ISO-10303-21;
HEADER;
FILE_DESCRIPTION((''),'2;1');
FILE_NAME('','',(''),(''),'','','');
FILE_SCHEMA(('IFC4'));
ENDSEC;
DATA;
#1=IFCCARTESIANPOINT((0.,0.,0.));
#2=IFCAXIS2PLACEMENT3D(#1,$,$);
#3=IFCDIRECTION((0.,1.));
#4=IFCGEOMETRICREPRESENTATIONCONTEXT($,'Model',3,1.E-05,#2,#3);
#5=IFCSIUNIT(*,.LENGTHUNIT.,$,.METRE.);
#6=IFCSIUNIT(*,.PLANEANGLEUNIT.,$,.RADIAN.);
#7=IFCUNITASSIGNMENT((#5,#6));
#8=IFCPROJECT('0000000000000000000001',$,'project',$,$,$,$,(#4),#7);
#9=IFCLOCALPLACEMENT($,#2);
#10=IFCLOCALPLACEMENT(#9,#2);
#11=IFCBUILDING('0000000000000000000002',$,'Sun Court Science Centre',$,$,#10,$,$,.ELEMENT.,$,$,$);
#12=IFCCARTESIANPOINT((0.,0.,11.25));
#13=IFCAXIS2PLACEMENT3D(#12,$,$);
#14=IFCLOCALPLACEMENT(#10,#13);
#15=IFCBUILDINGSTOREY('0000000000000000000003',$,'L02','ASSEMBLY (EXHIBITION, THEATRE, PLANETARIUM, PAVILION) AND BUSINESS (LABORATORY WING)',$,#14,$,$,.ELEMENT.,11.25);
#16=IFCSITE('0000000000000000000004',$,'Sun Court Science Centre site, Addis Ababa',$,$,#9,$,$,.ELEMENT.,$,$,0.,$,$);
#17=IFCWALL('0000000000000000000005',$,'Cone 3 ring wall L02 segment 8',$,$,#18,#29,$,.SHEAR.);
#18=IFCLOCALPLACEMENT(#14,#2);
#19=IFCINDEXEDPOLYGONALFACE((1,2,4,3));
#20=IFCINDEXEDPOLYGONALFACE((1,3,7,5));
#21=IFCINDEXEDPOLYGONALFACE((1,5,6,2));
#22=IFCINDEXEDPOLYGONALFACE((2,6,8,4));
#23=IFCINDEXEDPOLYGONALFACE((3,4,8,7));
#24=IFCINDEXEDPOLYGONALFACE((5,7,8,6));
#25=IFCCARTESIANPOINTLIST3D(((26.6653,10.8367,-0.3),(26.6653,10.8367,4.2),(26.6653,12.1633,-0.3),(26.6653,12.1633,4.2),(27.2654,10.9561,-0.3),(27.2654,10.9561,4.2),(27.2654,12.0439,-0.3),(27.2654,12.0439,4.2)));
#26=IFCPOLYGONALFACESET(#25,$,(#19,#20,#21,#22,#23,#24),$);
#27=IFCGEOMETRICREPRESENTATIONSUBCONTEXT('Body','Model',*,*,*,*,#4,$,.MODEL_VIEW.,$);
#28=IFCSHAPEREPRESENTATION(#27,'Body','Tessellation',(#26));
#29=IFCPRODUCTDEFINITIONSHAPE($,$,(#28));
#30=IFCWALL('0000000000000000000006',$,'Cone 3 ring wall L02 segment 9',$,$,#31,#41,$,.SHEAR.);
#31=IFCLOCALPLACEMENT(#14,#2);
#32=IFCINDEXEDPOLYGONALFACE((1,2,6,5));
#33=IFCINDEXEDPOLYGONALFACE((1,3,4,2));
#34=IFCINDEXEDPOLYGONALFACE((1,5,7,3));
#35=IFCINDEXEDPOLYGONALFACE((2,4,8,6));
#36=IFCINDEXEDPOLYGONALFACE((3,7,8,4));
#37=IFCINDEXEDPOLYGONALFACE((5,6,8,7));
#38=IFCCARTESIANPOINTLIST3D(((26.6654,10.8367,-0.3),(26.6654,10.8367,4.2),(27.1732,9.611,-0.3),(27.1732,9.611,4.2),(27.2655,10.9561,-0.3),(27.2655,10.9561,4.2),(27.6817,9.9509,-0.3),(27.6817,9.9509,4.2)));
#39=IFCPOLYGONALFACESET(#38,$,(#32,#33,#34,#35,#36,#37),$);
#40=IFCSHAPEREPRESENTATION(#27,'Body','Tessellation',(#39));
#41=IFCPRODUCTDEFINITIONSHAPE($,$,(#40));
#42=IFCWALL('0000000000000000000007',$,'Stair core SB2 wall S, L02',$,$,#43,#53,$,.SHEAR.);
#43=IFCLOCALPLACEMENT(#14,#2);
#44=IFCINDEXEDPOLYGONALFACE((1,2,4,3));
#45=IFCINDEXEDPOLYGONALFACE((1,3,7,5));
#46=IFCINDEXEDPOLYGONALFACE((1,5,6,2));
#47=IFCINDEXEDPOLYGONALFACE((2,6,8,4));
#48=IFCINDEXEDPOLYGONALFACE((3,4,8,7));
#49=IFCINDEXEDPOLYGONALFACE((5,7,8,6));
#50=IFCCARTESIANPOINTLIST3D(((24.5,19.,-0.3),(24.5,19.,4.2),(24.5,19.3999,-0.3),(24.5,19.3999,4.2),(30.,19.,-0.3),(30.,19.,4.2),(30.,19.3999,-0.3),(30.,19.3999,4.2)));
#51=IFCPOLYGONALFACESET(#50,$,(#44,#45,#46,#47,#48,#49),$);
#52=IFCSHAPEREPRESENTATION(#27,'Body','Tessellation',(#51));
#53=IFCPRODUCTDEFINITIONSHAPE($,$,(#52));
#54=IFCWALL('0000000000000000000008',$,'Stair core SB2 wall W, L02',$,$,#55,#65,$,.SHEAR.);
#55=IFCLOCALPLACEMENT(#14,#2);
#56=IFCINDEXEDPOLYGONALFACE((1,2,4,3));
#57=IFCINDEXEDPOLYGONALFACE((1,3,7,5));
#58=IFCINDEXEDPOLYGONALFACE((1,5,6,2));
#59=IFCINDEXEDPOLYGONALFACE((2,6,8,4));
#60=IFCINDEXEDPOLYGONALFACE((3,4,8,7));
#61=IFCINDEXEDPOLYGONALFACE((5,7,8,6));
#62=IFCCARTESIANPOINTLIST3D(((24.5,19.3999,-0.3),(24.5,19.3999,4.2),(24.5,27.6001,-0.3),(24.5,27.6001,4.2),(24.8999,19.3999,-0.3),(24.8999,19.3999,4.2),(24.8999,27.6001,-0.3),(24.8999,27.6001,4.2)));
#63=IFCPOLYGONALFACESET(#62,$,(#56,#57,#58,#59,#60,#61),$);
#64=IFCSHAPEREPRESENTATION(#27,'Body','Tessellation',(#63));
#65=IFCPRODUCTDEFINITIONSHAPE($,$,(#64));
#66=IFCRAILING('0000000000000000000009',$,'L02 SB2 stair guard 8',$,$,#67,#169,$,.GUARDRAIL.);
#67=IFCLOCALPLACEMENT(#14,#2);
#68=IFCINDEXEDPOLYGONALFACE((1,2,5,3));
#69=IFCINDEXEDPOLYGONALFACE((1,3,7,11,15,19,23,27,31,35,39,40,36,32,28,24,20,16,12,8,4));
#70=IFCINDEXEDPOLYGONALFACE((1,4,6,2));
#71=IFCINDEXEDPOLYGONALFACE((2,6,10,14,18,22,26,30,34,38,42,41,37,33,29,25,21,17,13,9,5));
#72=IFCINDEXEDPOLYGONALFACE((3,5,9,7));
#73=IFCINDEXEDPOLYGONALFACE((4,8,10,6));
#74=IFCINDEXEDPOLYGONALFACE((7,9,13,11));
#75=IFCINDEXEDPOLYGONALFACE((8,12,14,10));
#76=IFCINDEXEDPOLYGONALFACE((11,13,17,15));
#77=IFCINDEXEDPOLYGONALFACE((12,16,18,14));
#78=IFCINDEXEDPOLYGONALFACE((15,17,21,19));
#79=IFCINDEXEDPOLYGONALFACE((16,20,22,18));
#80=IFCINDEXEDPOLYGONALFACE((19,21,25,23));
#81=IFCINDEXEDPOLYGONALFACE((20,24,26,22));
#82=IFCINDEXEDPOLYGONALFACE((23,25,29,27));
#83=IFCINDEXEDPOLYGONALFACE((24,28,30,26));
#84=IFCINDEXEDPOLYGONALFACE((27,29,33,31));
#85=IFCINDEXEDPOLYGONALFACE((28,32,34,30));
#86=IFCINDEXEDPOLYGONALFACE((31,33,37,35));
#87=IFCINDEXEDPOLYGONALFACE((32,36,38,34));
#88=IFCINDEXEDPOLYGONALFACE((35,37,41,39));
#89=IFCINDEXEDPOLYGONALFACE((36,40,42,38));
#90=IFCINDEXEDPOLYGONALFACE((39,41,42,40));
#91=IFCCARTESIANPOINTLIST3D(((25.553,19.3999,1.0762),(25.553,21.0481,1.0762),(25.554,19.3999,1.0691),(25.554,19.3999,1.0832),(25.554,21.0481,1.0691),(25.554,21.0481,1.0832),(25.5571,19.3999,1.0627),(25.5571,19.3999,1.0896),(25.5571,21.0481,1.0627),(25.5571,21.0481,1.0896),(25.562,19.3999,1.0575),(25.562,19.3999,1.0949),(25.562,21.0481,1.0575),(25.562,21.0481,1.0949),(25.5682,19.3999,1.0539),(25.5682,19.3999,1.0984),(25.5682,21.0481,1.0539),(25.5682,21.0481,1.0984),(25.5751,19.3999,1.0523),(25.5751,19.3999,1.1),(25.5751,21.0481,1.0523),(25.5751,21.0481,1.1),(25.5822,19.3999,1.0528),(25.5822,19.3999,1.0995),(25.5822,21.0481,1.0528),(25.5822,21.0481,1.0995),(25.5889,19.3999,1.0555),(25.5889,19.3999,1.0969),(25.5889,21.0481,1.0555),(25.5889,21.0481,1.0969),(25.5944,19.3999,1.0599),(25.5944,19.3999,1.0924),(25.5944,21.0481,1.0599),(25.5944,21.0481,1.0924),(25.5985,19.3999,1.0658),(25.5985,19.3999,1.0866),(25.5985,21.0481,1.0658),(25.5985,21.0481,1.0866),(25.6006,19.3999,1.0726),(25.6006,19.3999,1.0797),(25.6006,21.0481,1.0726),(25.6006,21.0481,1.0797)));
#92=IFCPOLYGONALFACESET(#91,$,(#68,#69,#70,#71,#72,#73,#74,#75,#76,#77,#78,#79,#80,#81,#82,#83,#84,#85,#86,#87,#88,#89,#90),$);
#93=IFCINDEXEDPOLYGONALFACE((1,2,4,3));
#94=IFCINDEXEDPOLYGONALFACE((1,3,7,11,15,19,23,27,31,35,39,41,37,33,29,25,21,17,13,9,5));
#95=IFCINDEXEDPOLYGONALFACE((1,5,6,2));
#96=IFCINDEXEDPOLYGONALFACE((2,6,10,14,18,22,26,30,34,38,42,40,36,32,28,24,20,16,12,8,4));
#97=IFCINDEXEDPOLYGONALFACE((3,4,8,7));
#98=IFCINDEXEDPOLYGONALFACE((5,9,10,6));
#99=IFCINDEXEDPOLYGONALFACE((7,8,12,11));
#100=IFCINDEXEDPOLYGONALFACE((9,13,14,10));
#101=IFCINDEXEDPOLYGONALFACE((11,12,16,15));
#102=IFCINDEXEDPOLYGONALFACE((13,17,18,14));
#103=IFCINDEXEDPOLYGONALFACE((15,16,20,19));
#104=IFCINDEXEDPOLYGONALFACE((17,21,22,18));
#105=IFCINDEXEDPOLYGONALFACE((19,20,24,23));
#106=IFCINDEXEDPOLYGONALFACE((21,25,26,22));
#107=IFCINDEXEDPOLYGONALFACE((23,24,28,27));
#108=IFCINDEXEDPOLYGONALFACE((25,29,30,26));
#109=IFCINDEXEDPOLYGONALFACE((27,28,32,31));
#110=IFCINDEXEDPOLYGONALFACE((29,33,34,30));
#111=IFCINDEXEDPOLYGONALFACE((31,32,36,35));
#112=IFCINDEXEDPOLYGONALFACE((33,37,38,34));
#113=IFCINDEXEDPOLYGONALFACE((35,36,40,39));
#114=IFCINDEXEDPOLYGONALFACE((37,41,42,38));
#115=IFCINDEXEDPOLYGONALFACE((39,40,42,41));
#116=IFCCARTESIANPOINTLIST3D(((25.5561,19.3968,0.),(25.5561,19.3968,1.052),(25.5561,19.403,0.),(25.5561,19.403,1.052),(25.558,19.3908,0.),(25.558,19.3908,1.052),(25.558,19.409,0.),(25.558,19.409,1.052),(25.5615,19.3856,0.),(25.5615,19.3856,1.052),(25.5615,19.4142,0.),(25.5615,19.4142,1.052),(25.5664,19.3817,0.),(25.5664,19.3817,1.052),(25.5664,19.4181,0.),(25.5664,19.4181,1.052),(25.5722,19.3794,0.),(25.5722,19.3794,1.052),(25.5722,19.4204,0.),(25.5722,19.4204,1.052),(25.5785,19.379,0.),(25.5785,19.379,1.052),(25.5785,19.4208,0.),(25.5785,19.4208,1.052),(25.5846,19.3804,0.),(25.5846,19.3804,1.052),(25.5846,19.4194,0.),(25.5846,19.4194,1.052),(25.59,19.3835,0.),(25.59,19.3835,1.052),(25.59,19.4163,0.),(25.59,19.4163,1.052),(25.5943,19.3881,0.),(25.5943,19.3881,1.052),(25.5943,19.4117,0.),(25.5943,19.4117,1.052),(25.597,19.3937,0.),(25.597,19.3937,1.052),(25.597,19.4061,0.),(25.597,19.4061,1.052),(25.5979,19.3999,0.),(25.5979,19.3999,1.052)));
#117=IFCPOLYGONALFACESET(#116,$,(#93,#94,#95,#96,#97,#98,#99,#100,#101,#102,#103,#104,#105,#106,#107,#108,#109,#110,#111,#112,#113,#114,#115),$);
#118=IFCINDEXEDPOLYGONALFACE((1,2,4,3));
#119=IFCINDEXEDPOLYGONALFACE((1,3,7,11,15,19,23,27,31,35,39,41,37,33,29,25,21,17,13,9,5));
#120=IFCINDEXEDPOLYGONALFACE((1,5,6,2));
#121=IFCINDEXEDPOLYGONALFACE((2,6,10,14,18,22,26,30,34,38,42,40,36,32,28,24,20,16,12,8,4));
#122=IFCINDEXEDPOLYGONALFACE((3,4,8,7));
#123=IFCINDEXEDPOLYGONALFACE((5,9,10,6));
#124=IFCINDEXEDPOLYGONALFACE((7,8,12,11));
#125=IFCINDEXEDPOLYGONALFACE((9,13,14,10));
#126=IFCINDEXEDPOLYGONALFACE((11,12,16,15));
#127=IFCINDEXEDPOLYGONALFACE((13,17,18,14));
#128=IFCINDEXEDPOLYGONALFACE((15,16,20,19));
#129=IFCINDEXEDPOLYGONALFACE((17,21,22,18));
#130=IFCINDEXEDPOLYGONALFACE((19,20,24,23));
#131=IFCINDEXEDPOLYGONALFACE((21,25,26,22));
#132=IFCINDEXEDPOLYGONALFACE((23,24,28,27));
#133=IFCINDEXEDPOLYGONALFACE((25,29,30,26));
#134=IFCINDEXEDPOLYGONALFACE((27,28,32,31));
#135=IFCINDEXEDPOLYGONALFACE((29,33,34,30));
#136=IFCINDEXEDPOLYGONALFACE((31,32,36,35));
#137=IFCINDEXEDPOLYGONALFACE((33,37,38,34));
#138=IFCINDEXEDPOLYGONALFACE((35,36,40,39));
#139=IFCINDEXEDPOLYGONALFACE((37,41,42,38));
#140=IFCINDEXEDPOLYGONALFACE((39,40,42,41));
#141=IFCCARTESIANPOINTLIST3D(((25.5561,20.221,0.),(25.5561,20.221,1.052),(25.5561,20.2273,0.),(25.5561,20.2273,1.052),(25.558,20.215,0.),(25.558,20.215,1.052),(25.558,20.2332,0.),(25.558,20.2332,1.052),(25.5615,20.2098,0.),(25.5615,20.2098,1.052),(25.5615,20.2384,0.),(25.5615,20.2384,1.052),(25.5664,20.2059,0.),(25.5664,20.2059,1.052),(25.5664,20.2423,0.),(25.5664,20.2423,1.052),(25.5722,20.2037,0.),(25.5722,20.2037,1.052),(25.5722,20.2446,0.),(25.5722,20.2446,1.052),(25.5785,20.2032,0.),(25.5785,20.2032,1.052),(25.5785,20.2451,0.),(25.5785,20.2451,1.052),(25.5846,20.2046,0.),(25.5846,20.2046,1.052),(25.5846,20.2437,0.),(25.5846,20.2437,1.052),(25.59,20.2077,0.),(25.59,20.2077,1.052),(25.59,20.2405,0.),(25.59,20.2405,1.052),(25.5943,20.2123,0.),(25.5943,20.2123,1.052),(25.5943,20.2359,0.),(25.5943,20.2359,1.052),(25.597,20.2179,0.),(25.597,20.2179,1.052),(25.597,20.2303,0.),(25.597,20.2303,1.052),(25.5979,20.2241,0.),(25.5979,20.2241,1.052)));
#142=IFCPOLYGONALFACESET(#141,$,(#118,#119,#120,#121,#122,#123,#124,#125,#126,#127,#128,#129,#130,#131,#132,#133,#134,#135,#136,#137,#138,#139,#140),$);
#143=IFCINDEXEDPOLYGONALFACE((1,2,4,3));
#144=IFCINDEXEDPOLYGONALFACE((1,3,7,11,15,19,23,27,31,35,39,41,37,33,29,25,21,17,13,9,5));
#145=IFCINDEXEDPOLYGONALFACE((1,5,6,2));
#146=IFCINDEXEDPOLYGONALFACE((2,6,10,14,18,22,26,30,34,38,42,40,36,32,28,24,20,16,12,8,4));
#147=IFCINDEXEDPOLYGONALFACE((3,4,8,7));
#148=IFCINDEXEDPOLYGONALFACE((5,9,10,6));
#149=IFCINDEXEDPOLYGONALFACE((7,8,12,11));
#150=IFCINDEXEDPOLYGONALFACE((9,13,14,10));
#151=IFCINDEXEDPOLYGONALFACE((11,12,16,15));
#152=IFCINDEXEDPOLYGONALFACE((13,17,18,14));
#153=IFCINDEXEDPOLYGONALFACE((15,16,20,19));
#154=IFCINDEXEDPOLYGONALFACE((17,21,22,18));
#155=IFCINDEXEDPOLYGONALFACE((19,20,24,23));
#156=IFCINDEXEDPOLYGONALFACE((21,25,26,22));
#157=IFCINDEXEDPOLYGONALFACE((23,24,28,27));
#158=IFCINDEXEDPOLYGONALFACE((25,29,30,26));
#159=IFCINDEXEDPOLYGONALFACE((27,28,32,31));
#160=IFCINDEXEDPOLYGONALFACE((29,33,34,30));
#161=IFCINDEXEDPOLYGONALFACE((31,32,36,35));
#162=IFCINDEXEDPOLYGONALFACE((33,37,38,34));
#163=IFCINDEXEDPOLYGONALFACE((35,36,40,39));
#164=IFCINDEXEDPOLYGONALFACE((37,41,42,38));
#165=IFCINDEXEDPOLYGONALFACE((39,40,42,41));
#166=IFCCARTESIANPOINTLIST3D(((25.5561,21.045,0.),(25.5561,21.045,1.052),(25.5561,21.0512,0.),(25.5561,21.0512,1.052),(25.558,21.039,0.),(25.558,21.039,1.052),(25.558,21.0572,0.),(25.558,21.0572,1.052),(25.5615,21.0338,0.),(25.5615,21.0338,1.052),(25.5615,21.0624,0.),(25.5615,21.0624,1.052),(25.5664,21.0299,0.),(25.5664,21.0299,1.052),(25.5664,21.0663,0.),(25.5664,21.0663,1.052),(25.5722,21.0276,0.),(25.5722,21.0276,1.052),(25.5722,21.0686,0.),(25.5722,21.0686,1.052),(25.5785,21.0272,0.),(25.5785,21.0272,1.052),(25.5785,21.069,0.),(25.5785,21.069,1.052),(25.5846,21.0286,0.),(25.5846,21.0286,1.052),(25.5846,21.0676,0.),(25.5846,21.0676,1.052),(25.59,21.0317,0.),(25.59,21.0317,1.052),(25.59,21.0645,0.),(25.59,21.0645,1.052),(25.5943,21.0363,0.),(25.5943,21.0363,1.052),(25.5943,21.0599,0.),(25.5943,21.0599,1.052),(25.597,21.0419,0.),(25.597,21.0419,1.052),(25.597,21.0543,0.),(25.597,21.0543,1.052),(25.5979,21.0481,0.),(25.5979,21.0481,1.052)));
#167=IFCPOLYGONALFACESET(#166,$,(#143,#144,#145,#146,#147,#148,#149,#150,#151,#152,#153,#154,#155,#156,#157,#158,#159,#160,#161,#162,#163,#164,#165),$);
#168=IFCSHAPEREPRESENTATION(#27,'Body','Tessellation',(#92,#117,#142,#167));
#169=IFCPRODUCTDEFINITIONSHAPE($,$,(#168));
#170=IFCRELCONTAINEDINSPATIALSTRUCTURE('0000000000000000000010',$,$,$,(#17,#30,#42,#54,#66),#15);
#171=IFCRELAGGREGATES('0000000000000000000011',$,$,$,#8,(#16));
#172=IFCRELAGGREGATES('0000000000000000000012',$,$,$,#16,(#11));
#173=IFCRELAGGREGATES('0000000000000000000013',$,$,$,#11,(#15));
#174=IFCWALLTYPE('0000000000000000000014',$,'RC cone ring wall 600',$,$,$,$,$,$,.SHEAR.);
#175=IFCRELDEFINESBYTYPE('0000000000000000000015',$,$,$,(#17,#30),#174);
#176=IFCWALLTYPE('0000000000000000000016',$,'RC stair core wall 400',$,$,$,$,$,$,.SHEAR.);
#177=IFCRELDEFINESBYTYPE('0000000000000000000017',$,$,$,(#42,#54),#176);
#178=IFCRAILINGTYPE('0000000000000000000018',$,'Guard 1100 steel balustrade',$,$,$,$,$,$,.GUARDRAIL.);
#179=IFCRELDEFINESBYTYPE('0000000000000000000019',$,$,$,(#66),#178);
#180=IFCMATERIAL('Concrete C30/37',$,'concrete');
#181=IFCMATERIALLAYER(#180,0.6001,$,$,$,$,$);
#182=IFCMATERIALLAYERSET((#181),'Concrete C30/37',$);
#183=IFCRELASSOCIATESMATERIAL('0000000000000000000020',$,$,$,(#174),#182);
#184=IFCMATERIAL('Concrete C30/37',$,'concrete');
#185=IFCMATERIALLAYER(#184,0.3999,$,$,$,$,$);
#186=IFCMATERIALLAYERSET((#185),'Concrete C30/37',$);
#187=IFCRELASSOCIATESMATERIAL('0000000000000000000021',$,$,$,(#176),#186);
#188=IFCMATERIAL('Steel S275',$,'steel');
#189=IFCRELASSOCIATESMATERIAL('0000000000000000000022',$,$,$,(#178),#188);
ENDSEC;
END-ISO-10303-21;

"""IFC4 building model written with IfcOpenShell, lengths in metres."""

from ifc_helpers import new_model, si_unit, direction, frame, frame_2d, origin, origin_2d, place, context, subcontext, project, spatial, polyline, rectangle, circle, outline, extrude, material, layer, layer_set, type_object, element, save


model = new_model("IFC4")

# Units and contexts
model_context = context("Model", 3, precision=1e-05, world=origin(), true_north=direction((0.0, 1.0)))
body_context = subcontext(model_context, "Body", "Model", "MODEL_VIEW")
ifc_project = project(units=[si_unit("LENGTHUNIT", "METRE"), si_unit("PLANEANGLEUNIT", "RADIAN")], contexts=[model_context])

# Site, building, storey
site_placement = place(None, origin())
site = spatial("IfcSite", under=ifc_project, at=site_placement, Name="Sun Court Science Centre site, Addis Ababa", CompositionType="ELEMENT", RefElevation=0.0)
building_placement = place(site_placement, origin())
building = spatial("IfcBuilding", under=site, at=building_placement, Name="Sun Court Science Centre", CompositionType="ELEMENT")
storey_placement = place(building_placement, frame((0.0, 0.0, 11.25)))
storey = spatial("IfcBuildingStorey", under=building, at=storey_placement, Name="L02", Description="ASSEMBLY (EXHIBITION, THEATRE, PLANETARIUM, PAVILION) AND BUSINESS (LABORATORY WING)", CompositionType="ELEMENT", Elevation=11.25)

# Walls
ifc_material_1 = material(Name="Concrete C30/37", Category="concrete")
ifc_layer_1 = layer(ifc_material_1, 0.6001)
ifc_layer_set_1 = layer_set([ifc_layer_1], Name="Concrete C30/37")
wall_type_1 = type_object("IfcWallType", Name="RC cone ring wall 600", PredefinedType="SHEAR", material=ifc_layer_set_1)
wall_1_placement = place(storey_placement, frame((26.9653, 12.1633, -0.3), z_axis=(0.0, 0.0, 1.0), x_axis=(0.0, -1.0, 0.0)))
element("IfcWall", 1, at=wall_1_placement, inside=storey, type_object=wall_type_1, Name="Cone 3 ring wall L02 segment 8", PredefinedType="SHEAR", context=body_context, shape_type="SweptSolid", body=[
    extrude(outline(polyline([(0.0, -0.3), (1.3267, -0.3), (1.2073, 0.3), (0.1194, 0.3), (0.0, -0.3)])), origin(), (0.0, 0.0, 1.0), 4.5),
])
wall_2_placement = place(storey_placement, frame((26.9424, 10.9514, -0.3), z_axis=(0.0, 0.0, 1.0), x_axis=(0.382785, -0.923837, 0.0)))
element("IfcWall", 2, at=wall_2_placement, inside=storey, type_object=wall_type_1, Name="Cone 3 ring wall L02 segment 9", PredefinedType="SHEAR", context=body_context, shape_type="SweptSolid", body=[
    extrude(outline(polyline([(0.0, -0.2998), (1.3267, -0.2998), (1.2073, 0.3), (0.1194, 0.3003), (0.0, -0.2998)])), origin(), (0.0, 0.0, 1.0), 4.5),
])
ifc_material_2 = material(Name="Concrete C30/37", Category="concrete")
ifc_layer_2 = layer(ifc_material_2, 0.3999)
ifc_layer_set_2 = layer_set([ifc_layer_2], Name="Concrete C30/37")
wall_type_2 = type_object("IfcWallType", Name="RC stair core wall 400", PredefinedType="SHEAR", material=ifc_layer_set_2)
wall_3_placement = place(storey_placement, frame((24.5, 19.2, -0.3), z_axis=(0.0, 0.0, 1.0), x_axis=(1.0, 0.0, 0.0)))
element("IfcWall", 3, at=wall_3_placement, inside=storey, type_object=wall_type_2, Name="Stair core SB2 wall S, L02", PredefinedType="SHEAR", context=body_context, shape_type="SweptSolid", body=[
    extrude(rectangle(XDim=5.5, YDim=0.3999, at=frame_2d((2.75, 0.0))), origin(), (0.0, 0.0, 1.0), 4.5),
])
wall_4_placement = place(storey_placement, frame((24.7, 19.3999, -0.3), z_axis=(0.0, 0.0, 1.0), x_axis=(0.0, 1.0, 0.0)))
element("IfcWall", 4, at=wall_4_placement, inside=storey, type_object=wall_type_2, Name="Stair core SB2 wall W, L02", PredefinedType="SHEAR", context=body_context, shape_type="SweptSolid", body=[
    extrude(rectangle(XDim=8.2002, YDim=0.3999, at=frame_2d((4.1001, 0.0))), origin(), (0.0, 0.0, 1.0), 4.5),
])

# Railing
ifc_material_3 = material(Name="Steel S275", Category="steel")
railing_type = type_object("IfcRailingType", Name="Guard 1100 steel balustrade", PredefinedType="GUARDRAIL", material=ifc_material_3)
railing_1_placement = place(storey_placement, frame((25.5769, 19.3999, 0.0)))
element("IfcRailing", 5, at=railing_1_placement, inside=storey, type_object=railing_type, Name="L02 SB2 stair guard 8", PredefinedType="GUARDRAIL", context=body_context, shape_type="SweptSolid", body=[
    extrude(circle(Radius=0.0239, at=origin_2d()), frame((0.0, 0.0, 1.0762), z_axis=(0.0, 1.0, 0.0), x_axis=(-1.0, 0.0, 0.0)), (0.0, 0.0, 1.0), 1.6482),
    extrude(circle(Radius=0.021, at=origin_2d()), origin(), (0.0, 0.0, 1.0), 1.052),
    extrude(circle(Radius=0.021, at=origin_2d()), frame((0.0, 0.8242, 0.0)), (0.0, 0.0, 1.0), 1.052),
    extrude(circle(Radius=0.021, at=origin_2d()), frame((0.0, 1.6482, 0.0)), (0.0, 0.0, 1.0), 1.052),
])

save(model, "model.ifc")
